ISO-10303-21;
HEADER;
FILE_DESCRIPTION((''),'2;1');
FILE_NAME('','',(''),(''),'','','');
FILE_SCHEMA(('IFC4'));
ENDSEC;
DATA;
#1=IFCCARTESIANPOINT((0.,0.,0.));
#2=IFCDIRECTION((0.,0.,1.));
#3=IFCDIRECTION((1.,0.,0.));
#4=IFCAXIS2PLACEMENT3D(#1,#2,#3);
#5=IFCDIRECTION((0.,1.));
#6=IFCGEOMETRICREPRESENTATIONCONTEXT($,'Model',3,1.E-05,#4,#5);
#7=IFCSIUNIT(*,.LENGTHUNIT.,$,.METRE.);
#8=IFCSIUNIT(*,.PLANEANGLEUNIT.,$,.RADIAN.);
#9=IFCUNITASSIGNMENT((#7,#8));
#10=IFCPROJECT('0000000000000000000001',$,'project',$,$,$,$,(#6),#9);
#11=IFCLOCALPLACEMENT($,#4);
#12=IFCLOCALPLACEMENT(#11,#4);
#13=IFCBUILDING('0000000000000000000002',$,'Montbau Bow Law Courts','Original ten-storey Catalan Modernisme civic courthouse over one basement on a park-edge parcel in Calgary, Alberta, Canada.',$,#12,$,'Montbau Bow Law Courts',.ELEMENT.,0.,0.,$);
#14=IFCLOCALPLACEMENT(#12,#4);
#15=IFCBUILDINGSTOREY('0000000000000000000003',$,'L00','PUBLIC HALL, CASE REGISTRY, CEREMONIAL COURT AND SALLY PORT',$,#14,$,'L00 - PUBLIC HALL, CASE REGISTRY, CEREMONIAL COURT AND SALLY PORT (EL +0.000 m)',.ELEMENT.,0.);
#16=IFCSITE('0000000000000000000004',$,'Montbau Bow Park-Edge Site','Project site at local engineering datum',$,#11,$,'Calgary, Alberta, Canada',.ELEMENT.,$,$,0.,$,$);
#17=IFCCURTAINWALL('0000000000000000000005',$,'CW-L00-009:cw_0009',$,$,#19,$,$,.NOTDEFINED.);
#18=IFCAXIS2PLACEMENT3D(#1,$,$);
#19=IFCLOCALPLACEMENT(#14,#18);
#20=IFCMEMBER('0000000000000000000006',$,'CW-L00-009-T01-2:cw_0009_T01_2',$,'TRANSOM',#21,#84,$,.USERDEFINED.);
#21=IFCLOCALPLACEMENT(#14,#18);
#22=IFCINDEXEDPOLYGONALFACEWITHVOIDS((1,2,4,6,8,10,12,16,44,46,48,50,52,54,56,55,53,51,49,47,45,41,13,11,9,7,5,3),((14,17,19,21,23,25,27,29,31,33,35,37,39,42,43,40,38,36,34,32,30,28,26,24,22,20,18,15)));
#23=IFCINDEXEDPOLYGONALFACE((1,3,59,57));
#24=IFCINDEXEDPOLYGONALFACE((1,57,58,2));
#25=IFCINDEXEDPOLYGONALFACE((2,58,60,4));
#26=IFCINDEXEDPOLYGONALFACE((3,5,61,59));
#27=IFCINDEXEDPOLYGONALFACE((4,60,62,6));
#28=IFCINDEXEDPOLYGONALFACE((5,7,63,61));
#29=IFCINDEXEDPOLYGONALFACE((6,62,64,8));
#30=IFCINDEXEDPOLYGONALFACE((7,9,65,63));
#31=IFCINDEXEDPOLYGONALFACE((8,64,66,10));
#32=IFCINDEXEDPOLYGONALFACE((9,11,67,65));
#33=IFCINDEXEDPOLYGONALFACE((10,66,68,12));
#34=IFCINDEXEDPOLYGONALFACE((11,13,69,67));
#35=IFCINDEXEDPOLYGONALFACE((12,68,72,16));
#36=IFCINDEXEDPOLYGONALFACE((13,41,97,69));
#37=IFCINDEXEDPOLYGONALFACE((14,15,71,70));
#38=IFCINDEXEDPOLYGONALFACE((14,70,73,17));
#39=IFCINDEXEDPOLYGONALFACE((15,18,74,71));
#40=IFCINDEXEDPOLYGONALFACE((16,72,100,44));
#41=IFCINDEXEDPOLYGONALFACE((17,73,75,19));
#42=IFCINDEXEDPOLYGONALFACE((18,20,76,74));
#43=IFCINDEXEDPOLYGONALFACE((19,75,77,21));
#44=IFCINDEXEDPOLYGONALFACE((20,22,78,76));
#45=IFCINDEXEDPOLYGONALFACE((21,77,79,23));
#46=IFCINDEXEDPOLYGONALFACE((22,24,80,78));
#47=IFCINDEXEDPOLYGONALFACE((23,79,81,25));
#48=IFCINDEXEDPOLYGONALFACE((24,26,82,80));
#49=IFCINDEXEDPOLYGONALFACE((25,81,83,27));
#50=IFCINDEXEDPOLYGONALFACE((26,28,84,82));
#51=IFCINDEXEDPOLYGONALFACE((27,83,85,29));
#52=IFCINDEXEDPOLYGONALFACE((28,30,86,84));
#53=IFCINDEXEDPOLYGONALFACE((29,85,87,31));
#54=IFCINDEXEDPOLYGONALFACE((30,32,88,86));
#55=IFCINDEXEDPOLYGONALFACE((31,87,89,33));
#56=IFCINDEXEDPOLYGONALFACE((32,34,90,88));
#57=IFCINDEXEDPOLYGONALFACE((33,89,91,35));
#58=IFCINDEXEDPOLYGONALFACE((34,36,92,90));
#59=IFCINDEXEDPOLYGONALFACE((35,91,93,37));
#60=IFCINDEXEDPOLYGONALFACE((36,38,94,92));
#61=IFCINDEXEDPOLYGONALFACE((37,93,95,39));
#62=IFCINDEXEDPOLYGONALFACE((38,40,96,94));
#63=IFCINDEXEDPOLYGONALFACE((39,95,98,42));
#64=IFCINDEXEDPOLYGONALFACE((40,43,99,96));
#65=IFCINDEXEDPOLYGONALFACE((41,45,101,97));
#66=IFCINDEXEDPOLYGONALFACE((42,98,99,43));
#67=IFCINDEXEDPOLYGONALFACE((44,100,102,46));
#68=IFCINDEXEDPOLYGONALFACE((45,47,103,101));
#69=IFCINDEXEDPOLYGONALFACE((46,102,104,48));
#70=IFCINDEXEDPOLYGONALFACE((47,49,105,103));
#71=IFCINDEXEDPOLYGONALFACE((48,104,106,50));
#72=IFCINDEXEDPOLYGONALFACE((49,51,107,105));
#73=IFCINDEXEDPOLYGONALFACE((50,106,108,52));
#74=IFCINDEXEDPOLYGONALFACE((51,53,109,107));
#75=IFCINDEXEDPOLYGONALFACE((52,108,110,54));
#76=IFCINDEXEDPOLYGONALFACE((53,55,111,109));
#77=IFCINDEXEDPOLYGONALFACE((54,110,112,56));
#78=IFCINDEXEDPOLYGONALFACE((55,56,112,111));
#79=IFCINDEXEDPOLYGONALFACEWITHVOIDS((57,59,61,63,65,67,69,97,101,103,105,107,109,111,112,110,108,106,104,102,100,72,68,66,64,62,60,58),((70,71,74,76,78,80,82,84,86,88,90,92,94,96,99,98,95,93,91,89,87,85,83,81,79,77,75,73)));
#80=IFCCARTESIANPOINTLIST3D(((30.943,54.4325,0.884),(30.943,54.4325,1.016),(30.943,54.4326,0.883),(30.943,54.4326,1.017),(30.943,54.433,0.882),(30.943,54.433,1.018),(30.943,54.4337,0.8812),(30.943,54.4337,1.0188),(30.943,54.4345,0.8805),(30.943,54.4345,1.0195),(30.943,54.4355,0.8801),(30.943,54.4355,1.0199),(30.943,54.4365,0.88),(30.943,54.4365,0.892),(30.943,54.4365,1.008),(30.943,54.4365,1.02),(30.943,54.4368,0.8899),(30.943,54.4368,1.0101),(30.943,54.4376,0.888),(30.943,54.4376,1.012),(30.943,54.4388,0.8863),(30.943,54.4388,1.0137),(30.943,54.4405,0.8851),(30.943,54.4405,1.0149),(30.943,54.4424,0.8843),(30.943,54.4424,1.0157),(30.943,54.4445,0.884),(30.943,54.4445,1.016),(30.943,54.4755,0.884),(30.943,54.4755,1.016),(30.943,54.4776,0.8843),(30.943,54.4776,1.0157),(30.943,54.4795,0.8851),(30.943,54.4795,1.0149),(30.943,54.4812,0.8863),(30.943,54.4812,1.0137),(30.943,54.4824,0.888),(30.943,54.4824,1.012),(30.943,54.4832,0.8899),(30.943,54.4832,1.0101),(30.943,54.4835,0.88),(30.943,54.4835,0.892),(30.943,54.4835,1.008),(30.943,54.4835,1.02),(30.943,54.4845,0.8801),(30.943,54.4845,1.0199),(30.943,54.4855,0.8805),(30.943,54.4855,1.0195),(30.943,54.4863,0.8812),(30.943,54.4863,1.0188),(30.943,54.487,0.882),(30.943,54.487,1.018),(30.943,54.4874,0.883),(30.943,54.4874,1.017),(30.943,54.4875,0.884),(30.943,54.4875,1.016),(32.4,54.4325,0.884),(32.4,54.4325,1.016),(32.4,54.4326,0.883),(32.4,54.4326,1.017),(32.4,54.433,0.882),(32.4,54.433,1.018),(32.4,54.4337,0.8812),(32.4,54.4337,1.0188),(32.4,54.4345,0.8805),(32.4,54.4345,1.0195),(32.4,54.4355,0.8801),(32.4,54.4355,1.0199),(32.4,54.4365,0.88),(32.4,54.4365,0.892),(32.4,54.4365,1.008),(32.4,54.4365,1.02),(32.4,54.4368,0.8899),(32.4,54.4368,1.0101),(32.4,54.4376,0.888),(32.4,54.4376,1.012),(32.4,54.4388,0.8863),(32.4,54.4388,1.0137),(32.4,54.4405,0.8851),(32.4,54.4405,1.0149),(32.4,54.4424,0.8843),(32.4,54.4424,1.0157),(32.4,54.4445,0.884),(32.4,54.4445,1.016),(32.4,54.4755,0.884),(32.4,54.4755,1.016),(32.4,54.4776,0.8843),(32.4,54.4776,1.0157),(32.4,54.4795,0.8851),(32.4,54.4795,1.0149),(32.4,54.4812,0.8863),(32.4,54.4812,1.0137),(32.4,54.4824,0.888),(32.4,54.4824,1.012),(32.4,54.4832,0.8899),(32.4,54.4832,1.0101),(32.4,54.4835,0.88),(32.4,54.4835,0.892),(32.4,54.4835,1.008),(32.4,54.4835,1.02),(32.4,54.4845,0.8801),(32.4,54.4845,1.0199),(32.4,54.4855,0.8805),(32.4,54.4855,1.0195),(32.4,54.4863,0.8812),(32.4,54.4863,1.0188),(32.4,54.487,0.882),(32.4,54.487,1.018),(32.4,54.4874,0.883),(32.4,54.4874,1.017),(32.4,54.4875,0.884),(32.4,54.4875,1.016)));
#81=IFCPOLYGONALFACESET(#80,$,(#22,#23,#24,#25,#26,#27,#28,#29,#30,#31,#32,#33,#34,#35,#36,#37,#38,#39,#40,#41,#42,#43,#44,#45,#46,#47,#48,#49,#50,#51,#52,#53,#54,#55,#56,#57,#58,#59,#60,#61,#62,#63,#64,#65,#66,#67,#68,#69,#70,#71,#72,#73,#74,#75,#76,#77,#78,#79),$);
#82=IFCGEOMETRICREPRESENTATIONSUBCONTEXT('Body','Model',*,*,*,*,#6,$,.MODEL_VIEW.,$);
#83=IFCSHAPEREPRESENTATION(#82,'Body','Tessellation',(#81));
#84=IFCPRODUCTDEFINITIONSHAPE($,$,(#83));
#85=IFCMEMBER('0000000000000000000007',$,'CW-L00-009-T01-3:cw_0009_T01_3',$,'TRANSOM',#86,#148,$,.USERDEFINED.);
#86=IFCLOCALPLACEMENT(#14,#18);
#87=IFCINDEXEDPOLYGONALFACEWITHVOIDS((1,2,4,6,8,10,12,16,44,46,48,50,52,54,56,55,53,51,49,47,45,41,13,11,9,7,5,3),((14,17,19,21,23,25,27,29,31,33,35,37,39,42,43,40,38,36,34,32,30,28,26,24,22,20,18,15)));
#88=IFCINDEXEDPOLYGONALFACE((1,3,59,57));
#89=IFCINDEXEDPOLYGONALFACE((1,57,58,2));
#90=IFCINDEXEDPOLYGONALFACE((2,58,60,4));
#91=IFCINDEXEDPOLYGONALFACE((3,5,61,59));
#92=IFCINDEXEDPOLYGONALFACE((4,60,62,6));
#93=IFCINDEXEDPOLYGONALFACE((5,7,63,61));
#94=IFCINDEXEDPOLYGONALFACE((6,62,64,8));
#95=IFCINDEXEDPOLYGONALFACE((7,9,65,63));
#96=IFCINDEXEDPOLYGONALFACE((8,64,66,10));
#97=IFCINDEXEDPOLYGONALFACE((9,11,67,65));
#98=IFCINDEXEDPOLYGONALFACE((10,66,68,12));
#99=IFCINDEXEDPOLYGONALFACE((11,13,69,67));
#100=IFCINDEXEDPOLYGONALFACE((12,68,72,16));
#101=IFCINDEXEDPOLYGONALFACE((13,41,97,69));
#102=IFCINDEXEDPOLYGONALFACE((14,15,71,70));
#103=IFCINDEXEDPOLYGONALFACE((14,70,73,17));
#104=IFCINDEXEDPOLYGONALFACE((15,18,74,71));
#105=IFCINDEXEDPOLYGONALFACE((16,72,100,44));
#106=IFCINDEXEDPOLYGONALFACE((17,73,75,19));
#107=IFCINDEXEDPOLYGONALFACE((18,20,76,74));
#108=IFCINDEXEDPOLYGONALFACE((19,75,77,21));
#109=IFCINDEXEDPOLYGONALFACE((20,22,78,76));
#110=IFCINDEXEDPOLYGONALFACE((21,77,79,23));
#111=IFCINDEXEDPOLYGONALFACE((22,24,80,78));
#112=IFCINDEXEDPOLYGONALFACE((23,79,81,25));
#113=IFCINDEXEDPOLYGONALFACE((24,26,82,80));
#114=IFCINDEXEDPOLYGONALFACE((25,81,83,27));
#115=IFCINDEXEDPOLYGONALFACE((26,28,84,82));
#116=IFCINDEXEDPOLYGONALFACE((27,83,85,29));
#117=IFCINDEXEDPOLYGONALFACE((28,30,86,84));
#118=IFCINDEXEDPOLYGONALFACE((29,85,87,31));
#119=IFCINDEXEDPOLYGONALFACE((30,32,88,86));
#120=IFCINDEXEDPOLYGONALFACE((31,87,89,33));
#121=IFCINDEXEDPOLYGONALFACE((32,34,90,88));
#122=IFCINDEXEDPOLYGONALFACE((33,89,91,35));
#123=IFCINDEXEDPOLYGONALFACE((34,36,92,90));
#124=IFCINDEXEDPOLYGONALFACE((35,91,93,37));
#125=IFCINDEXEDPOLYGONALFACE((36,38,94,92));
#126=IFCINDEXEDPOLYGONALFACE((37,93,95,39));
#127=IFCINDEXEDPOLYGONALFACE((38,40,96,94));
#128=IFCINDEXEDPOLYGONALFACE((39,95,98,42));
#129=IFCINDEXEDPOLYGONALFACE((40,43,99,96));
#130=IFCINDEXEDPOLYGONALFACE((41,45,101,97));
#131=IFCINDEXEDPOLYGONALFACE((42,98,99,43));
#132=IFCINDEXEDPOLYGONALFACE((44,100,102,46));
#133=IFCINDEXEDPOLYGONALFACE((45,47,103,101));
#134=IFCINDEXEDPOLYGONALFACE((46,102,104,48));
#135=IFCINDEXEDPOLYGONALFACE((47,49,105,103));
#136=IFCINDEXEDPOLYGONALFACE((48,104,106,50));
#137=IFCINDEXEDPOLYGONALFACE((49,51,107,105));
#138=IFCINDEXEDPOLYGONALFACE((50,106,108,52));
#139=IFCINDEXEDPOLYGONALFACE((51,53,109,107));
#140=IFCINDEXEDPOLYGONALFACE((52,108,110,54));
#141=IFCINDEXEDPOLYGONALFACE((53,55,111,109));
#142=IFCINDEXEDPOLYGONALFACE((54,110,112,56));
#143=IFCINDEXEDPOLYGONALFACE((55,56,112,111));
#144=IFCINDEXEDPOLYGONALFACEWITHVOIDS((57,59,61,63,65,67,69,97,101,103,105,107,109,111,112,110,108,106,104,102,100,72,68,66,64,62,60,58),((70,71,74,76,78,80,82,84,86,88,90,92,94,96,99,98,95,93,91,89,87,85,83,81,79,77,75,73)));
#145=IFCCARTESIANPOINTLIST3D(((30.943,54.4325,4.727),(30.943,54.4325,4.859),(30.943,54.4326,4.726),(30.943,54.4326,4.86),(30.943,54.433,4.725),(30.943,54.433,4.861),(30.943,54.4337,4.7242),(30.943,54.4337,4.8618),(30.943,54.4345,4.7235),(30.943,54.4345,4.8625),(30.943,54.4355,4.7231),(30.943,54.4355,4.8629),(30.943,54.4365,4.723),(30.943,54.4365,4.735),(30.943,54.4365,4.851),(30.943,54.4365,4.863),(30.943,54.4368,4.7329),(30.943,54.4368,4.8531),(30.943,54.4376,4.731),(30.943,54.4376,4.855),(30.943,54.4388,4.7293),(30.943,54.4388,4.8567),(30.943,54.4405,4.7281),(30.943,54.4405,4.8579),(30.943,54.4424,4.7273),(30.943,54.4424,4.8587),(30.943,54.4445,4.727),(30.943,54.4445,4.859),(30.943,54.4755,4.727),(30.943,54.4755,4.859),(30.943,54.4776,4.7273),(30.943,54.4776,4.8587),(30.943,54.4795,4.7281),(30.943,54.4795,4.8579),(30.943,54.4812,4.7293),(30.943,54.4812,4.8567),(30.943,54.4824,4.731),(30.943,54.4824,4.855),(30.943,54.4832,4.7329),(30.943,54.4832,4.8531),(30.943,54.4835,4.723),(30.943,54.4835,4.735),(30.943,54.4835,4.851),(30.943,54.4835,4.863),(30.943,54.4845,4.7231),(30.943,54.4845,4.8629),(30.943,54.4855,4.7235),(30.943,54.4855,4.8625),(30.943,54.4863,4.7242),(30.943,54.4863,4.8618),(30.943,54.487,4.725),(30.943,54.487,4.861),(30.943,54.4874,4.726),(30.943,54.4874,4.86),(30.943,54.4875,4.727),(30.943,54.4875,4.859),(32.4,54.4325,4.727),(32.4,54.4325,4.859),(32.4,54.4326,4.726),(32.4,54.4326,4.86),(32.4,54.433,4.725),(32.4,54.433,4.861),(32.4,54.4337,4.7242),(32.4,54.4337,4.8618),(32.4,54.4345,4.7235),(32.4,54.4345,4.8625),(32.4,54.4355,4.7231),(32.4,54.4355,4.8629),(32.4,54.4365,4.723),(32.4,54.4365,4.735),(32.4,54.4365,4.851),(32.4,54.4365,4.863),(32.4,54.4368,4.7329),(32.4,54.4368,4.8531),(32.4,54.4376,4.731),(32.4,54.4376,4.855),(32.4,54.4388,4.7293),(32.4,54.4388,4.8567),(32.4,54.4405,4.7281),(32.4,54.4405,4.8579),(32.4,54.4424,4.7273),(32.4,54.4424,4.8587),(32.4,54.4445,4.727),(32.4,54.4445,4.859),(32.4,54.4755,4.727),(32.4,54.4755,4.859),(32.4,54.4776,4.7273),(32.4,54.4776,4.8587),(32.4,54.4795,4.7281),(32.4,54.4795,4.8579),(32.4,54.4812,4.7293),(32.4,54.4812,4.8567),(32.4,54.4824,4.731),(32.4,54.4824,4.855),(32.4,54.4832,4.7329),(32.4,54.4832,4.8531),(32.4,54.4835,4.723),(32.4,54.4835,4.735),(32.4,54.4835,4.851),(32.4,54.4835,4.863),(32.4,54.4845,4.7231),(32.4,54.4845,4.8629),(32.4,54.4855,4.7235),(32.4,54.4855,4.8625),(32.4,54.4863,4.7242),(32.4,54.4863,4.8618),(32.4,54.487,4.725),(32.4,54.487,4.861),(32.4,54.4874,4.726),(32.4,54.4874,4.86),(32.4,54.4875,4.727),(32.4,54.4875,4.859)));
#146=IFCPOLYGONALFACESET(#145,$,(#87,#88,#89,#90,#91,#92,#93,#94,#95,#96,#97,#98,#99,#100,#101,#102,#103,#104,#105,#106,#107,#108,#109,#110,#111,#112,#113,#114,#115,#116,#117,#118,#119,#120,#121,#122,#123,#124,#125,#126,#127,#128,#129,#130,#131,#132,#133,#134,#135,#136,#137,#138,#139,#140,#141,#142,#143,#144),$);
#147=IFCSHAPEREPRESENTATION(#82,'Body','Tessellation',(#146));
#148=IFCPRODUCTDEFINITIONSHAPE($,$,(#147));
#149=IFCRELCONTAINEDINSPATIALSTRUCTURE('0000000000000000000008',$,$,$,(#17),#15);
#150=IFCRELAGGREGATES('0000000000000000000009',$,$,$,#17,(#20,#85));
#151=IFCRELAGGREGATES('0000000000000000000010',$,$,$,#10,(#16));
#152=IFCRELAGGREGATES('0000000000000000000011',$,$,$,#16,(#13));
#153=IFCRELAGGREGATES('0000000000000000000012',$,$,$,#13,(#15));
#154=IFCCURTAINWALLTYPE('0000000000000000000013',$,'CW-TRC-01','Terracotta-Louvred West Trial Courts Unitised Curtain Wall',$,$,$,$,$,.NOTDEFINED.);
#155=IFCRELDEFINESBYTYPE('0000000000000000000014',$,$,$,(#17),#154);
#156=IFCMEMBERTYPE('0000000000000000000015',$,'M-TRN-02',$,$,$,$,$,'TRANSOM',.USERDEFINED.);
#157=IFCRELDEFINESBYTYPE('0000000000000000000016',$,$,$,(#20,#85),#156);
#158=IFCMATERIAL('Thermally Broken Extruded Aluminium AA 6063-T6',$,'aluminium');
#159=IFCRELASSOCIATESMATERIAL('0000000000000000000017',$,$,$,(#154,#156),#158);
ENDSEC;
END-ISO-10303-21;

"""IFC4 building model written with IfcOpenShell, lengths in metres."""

from ifc_helpers import new_model, si_unit, direction, frame, origin_with_axes, origin_2d_with_axis, place, context, subcontext, project, spatial, hollow_rectangle, extrude, material, material_profile, profile_set, type_object, element, aggregate, save


model = new_model("IFC4")

# Units and contexts
model_context = context("Model", 3, precision=1e-05, world=origin_with_axes(), true_north=direction((0.0, 1.0)))
body_context = subcontext(model_context, "Body", "Model", "MODEL_VIEW")
ifc_project = project(units=[si_unit("LENGTHUNIT", "METRE"), si_unit("PLANEANGLEUNIT", "RADIAN")], contexts=[model_context])

# Site, building, storey
site_placement = place(None, origin_with_axes())
site = spatial("IfcSite", under=ifc_project, at=site_placement, Name="Montbau Bow Park-Edge Site", Description="Project site at local engineering datum", LongName="Calgary, Alberta, Canada", CompositionType="ELEMENT", RefElevation=0.0)
building_placement = place(site_placement, origin_with_axes())
building = spatial("IfcBuilding", under=site, at=building_placement, Name="Montbau Bow Law Courts", Description="Original ten-storey Catalan Modernisme civic courthouse over one basement on a park-edge parcel in Calgary, Alberta, Canada.", LongName="Montbau Bow Law Courts", CompositionType="ELEMENT", ElevationOfRefHeight=0.0, ElevationOfTerrain=0.0)
storey_placement = place(building_placement, origin_with_axes())
storey = spatial("IfcBuildingStorey", under=building, at=storey_placement, Name="L00", Description="PUBLIC HALL, CASE REGISTRY, CEREMONIAL COURT AND SALLY PORT", LongName="L00 - PUBLIC HALL, CASE REGISTRY, CEREMONIAL COURT AND SALLY PORT (EL +0.000 m)", CompositionType="ELEMENT", Elevation=0.0)

# Curtain wall
ifc_material_1 = material(Name="Thermally Broken Extruded Aluminium AA 6063-T6", Category="aluminium")
curtain_wall_type = type_object("IfcCurtainWallType", Name="CW-TRC-01", Description="Terracotta-Louvred West Trial Courts Unitised Curtain Wall", PredefinedType="NOTDEFINED", material=ifc_material_1)
curtain_wall_1_placement = place(None, frame((30.867, 54.46, 0.0), z_axis=(0.0, 0.0, 1.0), x_axis=(1.0, 0.0, 0.0)))
curtain_wall_1 = element("IfcCurtainWall", 1, at=curtain_wall_1_placement, inside=storey, type_object=curtain_wall_type, Name="CW-L00-009:cw_0009", PredefinedType="NOTDEFINED")

# Members
ifc_material_profile_1 = material_profile(ifc_material_1, hollow_rectangle(XDim=0.055, YDim=0.14, WallThickness=0.004, InnerFilletRadius=0.008, OuterFilletRadius=0.004, at=origin_2d_with_axis()), Name="CWT-140X55", Category="Main", Priority=0)
ifc_profile_set_1 = profile_set([ifc_material_profile_1], Name="Thermally Broken Extruded Aluminium AA 6063-T6")
member_type_1 = type_object("IfcMemberType", Name="M-TRN-02", ElementType="TRANSOM", PredefinedType="USERDEFINED", material=ifc_profile_set_1)
member_1_placement = place(None, frame((30.943, 54.46, 0.95), z_axis=(1.0, 0.0, 0.0), x_axis=(0.0, 1.0, 0.0)))
member_1 = element("IfcMember", 2, at=member_1_placement, type_object=member_type_1, Name="CW-L00-009-T01-2:cw_0009_T01_2", ObjectType="TRANSOM", PredefinedType="USERDEFINED", context=body_context, shape_type="SweptSolid", body=[
    extrude(hollow_rectangle(XDim=0.055, YDim=0.14, WallThickness=0.004, InnerFilletRadius=0.008, OuterFilletRadius=0.004, at=origin_2d_with_axis()), origin_with_axes(), (0.0, 0.0, 1.0), 1.457),
])
member_2_placement = place(None, frame((30.943, 54.46, 4.793), z_axis=(1.0, 0.0, 0.0), x_axis=(0.0, 1.0, 0.0)))
member_2 = element("IfcMember", 3, at=member_2_placement, type_object=member_type_1, Name="CW-L00-009-T01-3:cw_0009_T01_3", ObjectType="TRANSOM", PredefinedType="USERDEFINED", context=body_context, shape_type="SweptSolid", body=[
    extrude(hollow_rectangle(XDim=0.055, YDim=0.14, WallThickness=0.004, InnerFilletRadius=0.008, OuterFilletRadius=0.004, at=origin_2d_with_axis()), origin_with_axes(), (0.0, 0.0, 1.0), 1.457),
])

aggregate(curtain_wall_1, [member_1, member_2])

save(model, "model.ifc")
